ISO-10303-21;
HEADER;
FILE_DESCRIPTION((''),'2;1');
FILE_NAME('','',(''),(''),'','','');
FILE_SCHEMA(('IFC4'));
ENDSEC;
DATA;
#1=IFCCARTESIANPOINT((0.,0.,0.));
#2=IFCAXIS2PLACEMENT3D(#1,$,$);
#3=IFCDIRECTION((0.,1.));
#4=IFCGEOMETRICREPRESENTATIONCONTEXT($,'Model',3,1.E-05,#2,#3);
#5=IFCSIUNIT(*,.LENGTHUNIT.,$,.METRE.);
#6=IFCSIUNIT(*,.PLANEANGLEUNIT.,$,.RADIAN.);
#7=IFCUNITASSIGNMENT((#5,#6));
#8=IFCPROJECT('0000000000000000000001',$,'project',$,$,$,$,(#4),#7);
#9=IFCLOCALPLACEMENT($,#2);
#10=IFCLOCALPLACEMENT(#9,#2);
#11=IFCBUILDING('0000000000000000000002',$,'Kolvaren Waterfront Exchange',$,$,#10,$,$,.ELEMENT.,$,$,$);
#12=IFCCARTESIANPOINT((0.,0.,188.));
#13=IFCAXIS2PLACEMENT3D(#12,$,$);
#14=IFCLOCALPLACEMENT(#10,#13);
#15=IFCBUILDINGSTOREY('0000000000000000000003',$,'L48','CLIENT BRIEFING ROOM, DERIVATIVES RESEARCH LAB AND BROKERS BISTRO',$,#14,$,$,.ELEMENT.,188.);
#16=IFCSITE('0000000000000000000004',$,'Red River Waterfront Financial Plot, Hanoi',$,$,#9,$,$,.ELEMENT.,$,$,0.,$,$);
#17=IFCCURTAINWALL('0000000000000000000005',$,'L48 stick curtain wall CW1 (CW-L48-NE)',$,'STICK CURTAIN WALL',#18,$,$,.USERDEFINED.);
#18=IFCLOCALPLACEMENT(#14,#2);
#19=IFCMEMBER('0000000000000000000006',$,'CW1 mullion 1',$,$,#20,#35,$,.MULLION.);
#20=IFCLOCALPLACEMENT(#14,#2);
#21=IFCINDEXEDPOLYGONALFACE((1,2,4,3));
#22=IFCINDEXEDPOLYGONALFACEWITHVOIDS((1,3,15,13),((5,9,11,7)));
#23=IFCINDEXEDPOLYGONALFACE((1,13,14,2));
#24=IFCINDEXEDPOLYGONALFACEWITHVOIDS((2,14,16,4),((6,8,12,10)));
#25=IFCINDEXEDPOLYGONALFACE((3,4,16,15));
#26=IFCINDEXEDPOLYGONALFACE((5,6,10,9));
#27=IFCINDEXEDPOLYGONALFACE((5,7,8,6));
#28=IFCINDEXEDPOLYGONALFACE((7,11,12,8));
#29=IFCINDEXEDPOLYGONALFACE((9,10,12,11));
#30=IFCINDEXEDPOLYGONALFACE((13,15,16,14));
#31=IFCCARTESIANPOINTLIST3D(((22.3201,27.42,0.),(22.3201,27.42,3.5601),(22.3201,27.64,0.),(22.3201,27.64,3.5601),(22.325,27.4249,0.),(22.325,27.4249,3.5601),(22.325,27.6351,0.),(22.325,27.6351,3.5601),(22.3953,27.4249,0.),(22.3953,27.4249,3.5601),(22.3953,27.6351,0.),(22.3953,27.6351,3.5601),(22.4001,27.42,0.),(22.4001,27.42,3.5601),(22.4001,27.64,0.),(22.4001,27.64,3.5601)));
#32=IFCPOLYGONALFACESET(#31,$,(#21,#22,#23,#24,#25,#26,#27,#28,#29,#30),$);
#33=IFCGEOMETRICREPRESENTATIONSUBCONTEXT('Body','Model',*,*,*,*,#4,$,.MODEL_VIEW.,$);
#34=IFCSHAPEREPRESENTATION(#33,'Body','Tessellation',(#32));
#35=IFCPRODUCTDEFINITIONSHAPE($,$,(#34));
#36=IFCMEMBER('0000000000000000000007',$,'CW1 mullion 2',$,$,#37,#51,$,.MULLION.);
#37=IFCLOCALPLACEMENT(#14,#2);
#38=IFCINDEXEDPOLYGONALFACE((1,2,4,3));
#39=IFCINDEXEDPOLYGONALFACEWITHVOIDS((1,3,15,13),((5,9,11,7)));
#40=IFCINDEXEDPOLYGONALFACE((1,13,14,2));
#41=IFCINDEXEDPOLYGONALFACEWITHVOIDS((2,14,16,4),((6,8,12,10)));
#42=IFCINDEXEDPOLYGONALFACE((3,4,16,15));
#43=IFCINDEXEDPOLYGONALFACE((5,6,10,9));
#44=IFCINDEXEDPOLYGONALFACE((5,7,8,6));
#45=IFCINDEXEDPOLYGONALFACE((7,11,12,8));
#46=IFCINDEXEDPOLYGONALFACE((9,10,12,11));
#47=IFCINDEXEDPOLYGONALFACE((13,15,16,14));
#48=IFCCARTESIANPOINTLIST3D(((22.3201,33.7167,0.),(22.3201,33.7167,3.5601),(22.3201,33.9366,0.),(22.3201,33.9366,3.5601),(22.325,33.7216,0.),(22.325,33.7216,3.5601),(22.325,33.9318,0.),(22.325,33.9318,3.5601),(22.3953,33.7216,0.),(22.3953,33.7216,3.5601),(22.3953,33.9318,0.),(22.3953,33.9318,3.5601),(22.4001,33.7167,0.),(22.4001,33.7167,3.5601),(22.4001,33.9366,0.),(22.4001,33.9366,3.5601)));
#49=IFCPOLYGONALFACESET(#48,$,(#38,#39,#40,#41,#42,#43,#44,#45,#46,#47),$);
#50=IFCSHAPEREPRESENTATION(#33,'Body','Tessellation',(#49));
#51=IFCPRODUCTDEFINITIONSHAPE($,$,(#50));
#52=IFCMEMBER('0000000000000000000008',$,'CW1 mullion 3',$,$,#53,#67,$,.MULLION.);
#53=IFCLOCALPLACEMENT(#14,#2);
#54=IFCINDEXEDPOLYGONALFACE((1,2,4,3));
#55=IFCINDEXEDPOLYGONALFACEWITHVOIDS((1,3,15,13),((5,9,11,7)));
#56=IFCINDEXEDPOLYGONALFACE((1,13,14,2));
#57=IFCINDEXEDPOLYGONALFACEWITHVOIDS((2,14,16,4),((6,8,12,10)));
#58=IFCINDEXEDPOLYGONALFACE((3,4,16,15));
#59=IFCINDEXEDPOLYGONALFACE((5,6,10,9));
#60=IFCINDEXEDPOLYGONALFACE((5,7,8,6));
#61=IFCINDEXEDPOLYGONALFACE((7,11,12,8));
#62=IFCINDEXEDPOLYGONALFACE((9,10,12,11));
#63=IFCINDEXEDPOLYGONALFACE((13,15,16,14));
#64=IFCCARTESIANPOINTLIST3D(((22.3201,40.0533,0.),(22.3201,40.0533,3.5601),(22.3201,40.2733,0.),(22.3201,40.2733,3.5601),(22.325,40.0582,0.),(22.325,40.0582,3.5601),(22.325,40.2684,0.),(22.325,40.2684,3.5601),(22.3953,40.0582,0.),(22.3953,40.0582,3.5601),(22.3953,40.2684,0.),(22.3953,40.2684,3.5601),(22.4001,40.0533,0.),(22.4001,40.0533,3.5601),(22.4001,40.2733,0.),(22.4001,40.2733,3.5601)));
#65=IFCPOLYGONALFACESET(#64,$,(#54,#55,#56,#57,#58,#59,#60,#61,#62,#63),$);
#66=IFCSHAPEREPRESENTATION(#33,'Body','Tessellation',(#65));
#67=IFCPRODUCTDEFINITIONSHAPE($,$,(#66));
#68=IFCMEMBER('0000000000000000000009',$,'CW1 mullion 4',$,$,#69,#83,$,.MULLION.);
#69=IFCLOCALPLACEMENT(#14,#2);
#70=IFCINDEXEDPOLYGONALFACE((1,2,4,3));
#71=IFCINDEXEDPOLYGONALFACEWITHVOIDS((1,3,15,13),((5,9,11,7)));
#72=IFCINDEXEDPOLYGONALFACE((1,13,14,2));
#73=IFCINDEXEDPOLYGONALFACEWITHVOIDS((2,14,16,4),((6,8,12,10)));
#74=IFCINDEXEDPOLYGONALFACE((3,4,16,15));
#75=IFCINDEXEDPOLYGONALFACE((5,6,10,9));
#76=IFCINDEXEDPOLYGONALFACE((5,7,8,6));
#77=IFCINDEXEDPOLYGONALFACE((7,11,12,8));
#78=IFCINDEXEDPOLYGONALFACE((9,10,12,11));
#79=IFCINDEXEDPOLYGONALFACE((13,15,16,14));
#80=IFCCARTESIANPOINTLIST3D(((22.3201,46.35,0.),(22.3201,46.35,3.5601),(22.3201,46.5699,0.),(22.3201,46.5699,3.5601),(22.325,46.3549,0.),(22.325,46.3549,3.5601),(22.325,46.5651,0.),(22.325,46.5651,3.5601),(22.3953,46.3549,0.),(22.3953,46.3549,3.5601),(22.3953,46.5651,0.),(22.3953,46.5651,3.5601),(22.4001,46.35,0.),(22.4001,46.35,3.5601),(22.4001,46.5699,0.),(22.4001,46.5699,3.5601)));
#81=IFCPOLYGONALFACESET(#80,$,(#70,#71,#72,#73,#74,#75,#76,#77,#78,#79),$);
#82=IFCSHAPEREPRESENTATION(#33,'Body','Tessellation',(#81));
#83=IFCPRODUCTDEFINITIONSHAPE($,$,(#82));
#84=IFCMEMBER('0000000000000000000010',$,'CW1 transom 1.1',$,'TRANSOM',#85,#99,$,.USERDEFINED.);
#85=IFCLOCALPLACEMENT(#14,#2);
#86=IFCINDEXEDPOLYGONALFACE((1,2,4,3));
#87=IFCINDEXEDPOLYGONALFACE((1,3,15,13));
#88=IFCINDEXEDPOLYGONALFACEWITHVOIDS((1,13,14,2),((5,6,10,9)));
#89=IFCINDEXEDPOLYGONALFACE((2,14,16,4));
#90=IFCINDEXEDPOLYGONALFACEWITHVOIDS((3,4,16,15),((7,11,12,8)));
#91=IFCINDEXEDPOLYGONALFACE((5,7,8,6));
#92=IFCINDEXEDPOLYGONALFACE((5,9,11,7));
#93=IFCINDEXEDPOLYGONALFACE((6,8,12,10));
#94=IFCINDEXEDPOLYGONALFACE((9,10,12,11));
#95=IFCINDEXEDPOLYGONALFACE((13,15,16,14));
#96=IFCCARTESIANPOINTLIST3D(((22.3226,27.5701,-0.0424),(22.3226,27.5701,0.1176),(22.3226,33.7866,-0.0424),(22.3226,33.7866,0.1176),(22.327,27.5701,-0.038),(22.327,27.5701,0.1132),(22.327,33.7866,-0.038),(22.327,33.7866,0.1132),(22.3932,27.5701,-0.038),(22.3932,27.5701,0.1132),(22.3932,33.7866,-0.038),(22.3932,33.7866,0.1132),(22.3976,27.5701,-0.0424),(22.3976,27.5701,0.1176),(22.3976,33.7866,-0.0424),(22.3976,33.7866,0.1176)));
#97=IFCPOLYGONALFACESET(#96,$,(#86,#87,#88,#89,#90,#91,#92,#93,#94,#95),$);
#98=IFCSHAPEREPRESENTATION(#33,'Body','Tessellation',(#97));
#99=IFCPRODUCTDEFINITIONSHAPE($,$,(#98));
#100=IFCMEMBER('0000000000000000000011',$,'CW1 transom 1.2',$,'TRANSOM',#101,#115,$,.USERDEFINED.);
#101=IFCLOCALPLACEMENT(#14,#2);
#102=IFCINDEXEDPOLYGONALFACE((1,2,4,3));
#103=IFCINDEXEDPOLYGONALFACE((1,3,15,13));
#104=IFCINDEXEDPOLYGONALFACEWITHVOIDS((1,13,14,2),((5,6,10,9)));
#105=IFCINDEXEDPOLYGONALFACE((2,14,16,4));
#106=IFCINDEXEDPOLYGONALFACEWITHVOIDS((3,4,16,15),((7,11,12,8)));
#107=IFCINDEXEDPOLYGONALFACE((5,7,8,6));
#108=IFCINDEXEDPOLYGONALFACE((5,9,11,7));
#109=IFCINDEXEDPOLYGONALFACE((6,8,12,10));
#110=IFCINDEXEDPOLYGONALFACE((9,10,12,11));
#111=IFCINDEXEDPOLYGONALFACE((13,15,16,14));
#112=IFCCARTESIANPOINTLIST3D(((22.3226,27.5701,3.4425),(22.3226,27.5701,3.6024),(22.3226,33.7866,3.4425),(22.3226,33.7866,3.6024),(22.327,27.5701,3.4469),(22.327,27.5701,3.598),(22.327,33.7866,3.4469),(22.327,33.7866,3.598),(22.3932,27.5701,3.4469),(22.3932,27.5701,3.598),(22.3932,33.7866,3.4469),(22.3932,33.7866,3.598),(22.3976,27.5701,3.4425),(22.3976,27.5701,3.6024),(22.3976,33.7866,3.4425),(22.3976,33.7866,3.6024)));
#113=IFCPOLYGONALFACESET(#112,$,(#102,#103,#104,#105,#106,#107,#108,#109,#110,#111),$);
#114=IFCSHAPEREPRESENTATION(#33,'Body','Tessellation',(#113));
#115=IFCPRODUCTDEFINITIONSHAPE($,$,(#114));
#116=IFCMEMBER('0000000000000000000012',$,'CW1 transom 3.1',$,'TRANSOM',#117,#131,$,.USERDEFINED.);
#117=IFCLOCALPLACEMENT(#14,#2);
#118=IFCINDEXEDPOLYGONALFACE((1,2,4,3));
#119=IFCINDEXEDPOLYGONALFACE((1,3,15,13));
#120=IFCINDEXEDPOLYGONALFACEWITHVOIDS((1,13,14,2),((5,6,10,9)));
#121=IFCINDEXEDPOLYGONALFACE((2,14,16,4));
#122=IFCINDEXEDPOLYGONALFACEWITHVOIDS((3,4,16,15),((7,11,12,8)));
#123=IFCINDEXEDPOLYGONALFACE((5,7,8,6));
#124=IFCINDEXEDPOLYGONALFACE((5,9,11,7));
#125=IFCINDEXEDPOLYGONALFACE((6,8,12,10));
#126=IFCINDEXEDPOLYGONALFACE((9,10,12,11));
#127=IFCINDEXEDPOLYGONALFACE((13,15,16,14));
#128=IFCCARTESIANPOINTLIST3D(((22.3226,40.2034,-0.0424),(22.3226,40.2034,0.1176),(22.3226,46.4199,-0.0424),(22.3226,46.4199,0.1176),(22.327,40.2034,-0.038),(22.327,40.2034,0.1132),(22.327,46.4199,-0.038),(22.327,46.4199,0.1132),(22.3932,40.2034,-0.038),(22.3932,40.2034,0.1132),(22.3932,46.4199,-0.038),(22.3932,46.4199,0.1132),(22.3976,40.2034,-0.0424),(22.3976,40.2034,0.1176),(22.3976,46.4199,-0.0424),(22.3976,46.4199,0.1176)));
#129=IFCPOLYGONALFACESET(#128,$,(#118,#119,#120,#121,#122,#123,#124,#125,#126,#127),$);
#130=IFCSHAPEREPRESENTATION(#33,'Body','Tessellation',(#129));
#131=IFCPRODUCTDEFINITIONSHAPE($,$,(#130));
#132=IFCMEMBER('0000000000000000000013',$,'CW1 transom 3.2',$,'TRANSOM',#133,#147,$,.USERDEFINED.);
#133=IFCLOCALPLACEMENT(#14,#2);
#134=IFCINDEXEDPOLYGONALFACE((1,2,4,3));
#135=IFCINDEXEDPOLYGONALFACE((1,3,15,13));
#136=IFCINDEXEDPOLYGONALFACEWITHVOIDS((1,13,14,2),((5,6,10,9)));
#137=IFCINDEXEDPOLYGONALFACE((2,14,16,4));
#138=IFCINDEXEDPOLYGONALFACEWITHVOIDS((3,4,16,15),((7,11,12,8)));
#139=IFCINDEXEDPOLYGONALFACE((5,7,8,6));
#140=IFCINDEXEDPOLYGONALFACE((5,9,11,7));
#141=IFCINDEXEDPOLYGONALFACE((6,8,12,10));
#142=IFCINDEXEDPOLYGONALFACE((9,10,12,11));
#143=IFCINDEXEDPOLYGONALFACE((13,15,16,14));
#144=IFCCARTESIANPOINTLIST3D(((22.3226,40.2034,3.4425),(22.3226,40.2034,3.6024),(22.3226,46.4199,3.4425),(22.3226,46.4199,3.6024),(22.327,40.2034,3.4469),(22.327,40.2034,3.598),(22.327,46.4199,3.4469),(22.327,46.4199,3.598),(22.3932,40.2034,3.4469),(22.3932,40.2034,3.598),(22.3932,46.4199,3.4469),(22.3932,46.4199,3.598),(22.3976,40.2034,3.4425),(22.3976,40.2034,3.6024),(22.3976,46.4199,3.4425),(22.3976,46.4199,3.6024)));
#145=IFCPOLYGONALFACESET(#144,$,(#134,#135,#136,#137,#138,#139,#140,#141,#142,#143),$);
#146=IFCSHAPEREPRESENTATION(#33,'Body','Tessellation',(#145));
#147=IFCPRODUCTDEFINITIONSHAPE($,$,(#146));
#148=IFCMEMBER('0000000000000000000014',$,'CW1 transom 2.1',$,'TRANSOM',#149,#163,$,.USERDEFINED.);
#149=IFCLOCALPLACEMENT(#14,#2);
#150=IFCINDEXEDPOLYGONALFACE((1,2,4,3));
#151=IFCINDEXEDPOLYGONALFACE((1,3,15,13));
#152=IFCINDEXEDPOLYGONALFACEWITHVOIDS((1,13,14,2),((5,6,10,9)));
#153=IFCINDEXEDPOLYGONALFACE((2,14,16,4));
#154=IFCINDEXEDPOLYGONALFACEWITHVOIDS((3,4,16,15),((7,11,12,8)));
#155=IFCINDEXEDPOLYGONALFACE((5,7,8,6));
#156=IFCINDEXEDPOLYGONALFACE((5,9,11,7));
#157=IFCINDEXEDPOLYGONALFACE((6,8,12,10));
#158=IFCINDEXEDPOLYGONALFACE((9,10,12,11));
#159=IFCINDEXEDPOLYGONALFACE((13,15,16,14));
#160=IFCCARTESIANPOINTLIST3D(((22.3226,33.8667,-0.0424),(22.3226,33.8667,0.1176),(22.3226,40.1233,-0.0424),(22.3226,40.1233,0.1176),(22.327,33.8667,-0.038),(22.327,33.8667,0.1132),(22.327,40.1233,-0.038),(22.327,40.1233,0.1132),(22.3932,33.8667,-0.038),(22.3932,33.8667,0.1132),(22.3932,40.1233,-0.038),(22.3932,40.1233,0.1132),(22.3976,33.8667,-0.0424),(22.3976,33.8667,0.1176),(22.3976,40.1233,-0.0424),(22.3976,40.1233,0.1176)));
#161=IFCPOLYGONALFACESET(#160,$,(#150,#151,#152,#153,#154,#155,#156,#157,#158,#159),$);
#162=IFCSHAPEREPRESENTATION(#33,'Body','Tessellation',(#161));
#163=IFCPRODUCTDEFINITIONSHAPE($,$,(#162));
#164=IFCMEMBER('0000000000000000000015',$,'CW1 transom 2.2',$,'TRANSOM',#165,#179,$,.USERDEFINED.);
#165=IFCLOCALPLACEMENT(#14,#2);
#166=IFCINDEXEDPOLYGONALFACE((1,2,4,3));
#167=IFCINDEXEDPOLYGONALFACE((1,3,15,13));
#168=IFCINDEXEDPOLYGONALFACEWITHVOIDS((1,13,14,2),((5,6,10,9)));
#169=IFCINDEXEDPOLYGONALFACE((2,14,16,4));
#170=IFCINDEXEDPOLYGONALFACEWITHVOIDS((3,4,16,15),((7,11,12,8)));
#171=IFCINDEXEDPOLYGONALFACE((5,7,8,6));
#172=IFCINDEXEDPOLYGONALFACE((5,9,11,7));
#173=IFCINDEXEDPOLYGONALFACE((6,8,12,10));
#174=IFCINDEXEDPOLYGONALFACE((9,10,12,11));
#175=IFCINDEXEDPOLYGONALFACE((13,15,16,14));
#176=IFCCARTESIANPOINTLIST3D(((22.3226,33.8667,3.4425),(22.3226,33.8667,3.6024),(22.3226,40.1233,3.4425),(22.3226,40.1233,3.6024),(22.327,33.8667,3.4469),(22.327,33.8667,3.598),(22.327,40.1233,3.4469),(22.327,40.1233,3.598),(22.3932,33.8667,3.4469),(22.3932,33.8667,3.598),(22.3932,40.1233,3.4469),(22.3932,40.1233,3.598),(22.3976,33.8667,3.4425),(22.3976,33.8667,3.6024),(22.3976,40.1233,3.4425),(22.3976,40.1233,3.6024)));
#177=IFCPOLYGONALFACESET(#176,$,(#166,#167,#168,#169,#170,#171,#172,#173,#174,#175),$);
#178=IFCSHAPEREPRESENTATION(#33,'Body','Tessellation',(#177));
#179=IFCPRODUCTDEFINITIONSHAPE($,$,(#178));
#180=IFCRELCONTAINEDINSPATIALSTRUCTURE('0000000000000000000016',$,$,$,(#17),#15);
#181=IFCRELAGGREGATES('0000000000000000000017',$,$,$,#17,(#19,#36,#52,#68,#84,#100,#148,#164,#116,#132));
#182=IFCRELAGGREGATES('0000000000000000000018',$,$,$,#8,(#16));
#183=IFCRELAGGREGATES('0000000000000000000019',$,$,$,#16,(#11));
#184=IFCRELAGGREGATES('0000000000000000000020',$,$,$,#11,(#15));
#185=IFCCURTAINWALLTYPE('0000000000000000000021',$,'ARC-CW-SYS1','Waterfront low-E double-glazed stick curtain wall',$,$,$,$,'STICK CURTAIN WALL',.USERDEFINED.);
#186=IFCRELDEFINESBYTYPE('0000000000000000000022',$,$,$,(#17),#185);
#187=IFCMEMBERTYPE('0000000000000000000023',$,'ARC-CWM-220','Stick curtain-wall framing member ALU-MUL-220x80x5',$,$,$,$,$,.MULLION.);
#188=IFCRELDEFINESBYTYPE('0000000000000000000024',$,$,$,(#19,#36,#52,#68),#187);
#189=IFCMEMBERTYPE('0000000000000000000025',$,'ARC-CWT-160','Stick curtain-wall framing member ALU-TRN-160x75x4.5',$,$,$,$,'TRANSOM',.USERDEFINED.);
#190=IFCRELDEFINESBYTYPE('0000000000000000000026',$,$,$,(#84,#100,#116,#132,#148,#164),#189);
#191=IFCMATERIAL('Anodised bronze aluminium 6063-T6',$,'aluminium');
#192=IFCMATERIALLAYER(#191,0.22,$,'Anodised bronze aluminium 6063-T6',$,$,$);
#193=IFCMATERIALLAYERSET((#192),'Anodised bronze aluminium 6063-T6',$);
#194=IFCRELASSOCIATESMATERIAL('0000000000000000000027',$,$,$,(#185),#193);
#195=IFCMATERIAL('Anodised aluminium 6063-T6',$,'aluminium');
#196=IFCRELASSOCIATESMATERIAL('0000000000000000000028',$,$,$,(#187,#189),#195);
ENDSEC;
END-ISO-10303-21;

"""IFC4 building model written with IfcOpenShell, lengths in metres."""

from ifc_helpers import new_model, si_unit, direction, frame, origin, origin_with_axes, origin_2d, place, context, subcontext, project, spatial, hollow_rectangle, extrude, source, transform, mapped, material, layer, layer_set, material_profile, profile_set, type_object, element, aggregate, save


model = new_model("IFC4")

# Units and contexts
model_context = context("Model", 3, precision=1e-05, world=origin(), true_north=direction((0.0, 1.0)))
body_context = subcontext(model_context, "Body", "Model", "MODEL_VIEW")
ifc_project = project(units=[si_unit("LENGTHUNIT", "METRE"), si_unit("PLANEANGLEUNIT", "RADIAN")], contexts=[model_context])

# Site, building, storey
site_placement = place(None, origin())
site = spatial("IfcSite", under=ifc_project, at=site_placement, Name="Red River Waterfront Financial Plot, Hanoi", CompositionType="ELEMENT", RefElevation=0.0)
building_placement = place(site_placement, origin())
building = spatial("IfcBuilding", under=site, at=building_placement, Name="Kolvaren Waterfront Exchange", CompositionType="ELEMENT")
storey_placement = place(building_placement, frame((0.0, 0.0, 188.0)))
storey = spatial("IfcBuildingStorey", under=building, at=storey_placement, Name="L48", Description="CLIENT BRIEFING ROOM, DERIVATIVES RESEARCH LAB AND BROKERS BISTRO", CompositionType="ELEMENT", Elevation=188.0)

# Curtain wall, members
ifc_material_1 = material(Name="Anodised bronze aluminium 6063-T6", Category="aluminium")
ifc_layer_1 = layer(ifc_material_1, 0.22, Name="Anodised bronze aluminium 6063-T6")
ifc_layer_set_1 = layer_set([ifc_layer_1], Name="Anodised bronze aluminium 6063-T6")
curtain_wall_type = type_object("IfcCurtainWallType", Name="ARC-CW-SYS1", Description="Waterfront low-E double-glazed stick curtain wall", ElementType="STICK CURTAIN WALL", PredefinedType="USERDEFINED", material=ifc_layer_set_1)
curtain_wall_placement = place(storey_placement, origin())
curtain_wall = element("IfcCurtainWall", 1, at=curtain_wall_placement, inside=storey, type_object=curtain_wall_type, Name="L48 stick curtain wall CW1 (CW-L48-NE)", ObjectType="STICK CURTAIN WALL", PredefinedType="USERDEFINED")
ifc_material_2 = material(Name="Anodised aluminium 6063-T6", Category="aluminium")
ifc_material_profile_1 = material_profile(ifc_material_2, hollow_rectangle(XDim=0.0801, YDim=0.22, WallThickness=0.0049, at=origin_2d()), Name="ALU-MUL-220x80x5")
ifc_profile_set_1 = profile_set([ifc_material_profile_1], Name="Anodised aluminium 6063-T6")
member_type_1 = type_object("IfcMemberType", Name="ARC-CWM-220", Description="Stick curtain-wall framing member ALU-MUL-220x80x5", PredefinedType="MULLION", material=ifc_profile_set_1)
shared_shape_1 = source(origin_with_axes(), body_context, "Body", "SweptSolid", [
    extrude(hollow_rectangle(XDim=0.0801, YDim=0.22, WallThickness=0.0049, at=origin_2d()), origin(), (0.0, 0.0, 1.0), 3.5601),
])
member_1_placement = place(storey_placement, frame((22.3601, 27.53, 0.0), z_axis=(0.0, 0.0, 1.0), x_axis=(-1.0, 0.0, 0.0)))
member_1 = element("IfcMember", 2, at=member_1_placement, type_object=member_type_1, Name="CW1 mullion 1", PredefinedType="MULLION", context=body_context, shape_type="MappedRepresentation", body=[
    mapped(shared_shape_1, transform((0.0, 0.0, 0.0), x_axis=(1.0, 0.0, 0.0), y_axis=(0.0, 1.0, 0.0), z_axis=(0.0, 0.0, 1.0), scale=1.0)),
])
member_2_placement = place(storey_placement, frame((22.3601, 33.8267, 0.0), z_axis=(0.0, 0.0, 1.0), x_axis=(-1.0, 0.0, 0.0)))
member_2 = element("IfcMember", 3, at=member_2_placement, type_object=member_type_1, Name="CW1 mullion 2", PredefinedType="MULLION", context=body_context, shape_type="MappedRepresentation", body=[
    mapped(shared_shape_1, transform((0.0, 0.0, 0.0), x_axis=(1.0, 0.0, 0.0), y_axis=(0.0, 1.0, 0.0), z_axis=(0.0, 0.0, 1.0), scale=1.0)),
])
member_3_placement = place(storey_placement, frame((22.3601, 40.1633, 0.0), z_axis=(0.0, 0.0, 1.0), x_axis=(-1.0, 0.0, 0.0)))
member_3 = element("IfcMember", 4, at=member_3_placement, type_object=member_type_1, Name="CW1 mullion 3", PredefinedType="MULLION", context=body_context, shape_type="MappedRepresentation", body=[
    mapped(shared_shape_1, transform((0.0, 0.0, 0.0), x_axis=(1.0, 0.0, 0.0), y_axis=(0.0, 1.0, 0.0), z_axis=(0.0, 0.0, 1.0), scale=1.0)),
])
member_4_placement = place(storey_placement, frame((22.3601, 46.46, 0.0), z_axis=(0.0, 0.0, 1.0), x_axis=(-1.0, 0.0, 0.0)))
member_4 = element("IfcMember", 5, at=member_4_placement, type_object=member_type_1, Name="CW1 mullion 4", PredefinedType="MULLION", context=body_context, shape_type="MappedRepresentation", body=[
    mapped(shared_shape_1, transform((0.0, 0.0, 0.0), x_axis=(1.0, 0.0, 0.0), y_axis=(0.0, 1.0, 0.0), z_axis=(0.0, 0.0, 1.0), scale=1.0)),
])
ifc_material_profile_2 = material_profile(ifc_material_2, hollow_rectangle(XDim=0.075, YDim=0.1599, WallThickness=0.0044, at=origin_2d()), Name="ALU-TRN-160x75x4.5")
ifc_profile_set_2 = profile_set([ifc_material_profile_2], Name="Anodised aluminium 6063-T6")
member_type_2 = type_object("IfcMemberType", Name="ARC-CWT-160", Description="Stick curtain-wall framing member ALU-TRN-160x75x4.5", ElementType="TRANSOM", PredefinedType="USERDEFINED", material=ifc_profile_set_2)
shared_shape_2 = source(origin_with_axes(), body_context, "Body", "SweptSolid", [
    extrude(hollow_rectangle(XDim=0.075, YDim=0.1599, WallThickness=0.0044, at=origin_2d()), origin(), (0.0, 0.0, 1.0), 6.2166),
])
member_5_placement = place(storey_placement, frame((22.3601, 27.5701, 0.0376), z_axis=(0.0, 1.0, 0.0), x_axis=(-1.0, 0.0, 0.0)))
member_5 = element("IfcMember", 6, at=member_5_placement, type_object=member_type_2, Name="CW1 transom 1.1", ObjectType="TRANSOM", PredefinedType="USERDEFINED", context=body_context, shape_type="MappedRepresentation", body=[
    mapped(shared_shape_2, transform((0.0, 0.0, 0.0), x_axis=(1.0, 0.0, 0.0), y_axis=(0.0, 1.0, 0.0), z_axis=(0.0, 0.0, 1.0), scale=1.0)),
])
member_6_placement = place(storey_placement, frame((22.3601, 27.5701, 3.5225), z_axis=(0.0, 1.0, 0.0), x_axis=(-1.0, 0.0, 0.0)))
member_6 = element("IfcMember", 7, at=member_6_placement, type_object=member_type_2, Name="CW1 transom 1.2", ObjectType="TRANSOM", PredefinedType="USERDEFINED", context=body_context, shape_type="MappedRepresentation", body=[
    mapped(shared_shape_2, transform((0.0, 0.0, 0.0), x_axis=(1.0, 0.0, 0.0), y_axis=(0.0, 1.0, 0.0), z_axis=(0.0, 0.0, 1.0), scale=1.0)),
])
member_7_placement = place(storey_placement, frame((22.3601, 40.2034, 0.0376), z_axis=(0.0, 1.0, 0.0), x_axis=(-1.0, 0.0, 0.0)))
member_7 = element("IfcMember", 8, at=member_7_placement, type_object=member_type_2, Name="CW1 transom 3.1", ObjectType="TRANSOM", PredefinedType="USERDEFINED", context=body_context, shape_type="MappedRepresentation", body=[
    mapped(shared_shape_2, transform((0.0, 0.0, 0.0), x_axis=(1.0, 0.0, 0.0), y_axis=(0.0, 1.0, 0.0), z_axis=(0.0, 0.0, 1.0), scale=1.0)),
])
member_8_placement = place(storey_placement, frame((22.3601, 40.2034, 3.5225), z_axis=(0.0, 1.0, 0.0), x_axis=(-1.0, 0.0, 0.0)))
member_8 = element("IfcMember", 9, at=member_8_placement, type_object=member_type_2, Name="CW1 transom 3.2", ObjectType="TRANSOM", PredefinedType="USERDEFINED", context=body_context, shape_type="MappedRepresentation", body=[
    mapped(shared_shape_2, transform((0.0, 0.0, 0.0), x_axis=(1.0, 0.0, 0.0), y_axis=(0.0, 1.0, 0.0), z_axis=(0.0, 0.0, 1.0), scale=1.0)),
])
shared_shape_3 = source(origin_with_axes(), body_context, "Body", "SweptSolid", [
    extrude(hollow_rectangle(XDim=0.075, YDim=0.1599, WallThickness=0.0044, at=origin_2d()), origin(), (0.0, 0.0, 1.0), 6.2566),
])
member_9_placement = place(storey_placement, frame((22.3601, 33.8667, 0.0376), z_axis=(0.0, 1.0, 0.0), x_axis=(-1.0, 0.0, 0.0)))
member_9 = element("IfcMember", 10, at=member_9_placement, type_object=member_type_2, Name="CW1 transom 2.1", ObjectType="TRANSOM", PredefinedType="USERDEFINED", context=body_context, shape_type="MappedRepresentation", body=[
    mapped(shared_shape_3, transform((0.0, 0.0, 0.0), x_axis=(1.0, 0.0, 0.0), y_axis=(0.0, 1.0, 0.0), z_axis=(0.0, 0.0, 1.0), scale=1.0)),
])
member_10_placement = place(storey_placement, frame((22.3601, 33.8667, 3.5225), z_axis=(0.0, 1.0, 0.0), x_axis=(-1.0, 0.0, 0.0)))
member_10 = element("IfcMember", 11, at=member_10_placement, type_object=member_type_2, Name="CW1 transom 2.2", ObjectType="TRANSOM", PredefinedType="USERDEFINED", context=body_context, shape_type="MappedRepresentation", body=[
    mapped(shared_shape_3, transform((0.0, 0.0, 0.0), x_axis=(1.0, 0.0, 0.0), y_axis=(0.0, 1.0, 0.0), z_axis=(0.0, 0.0, 1.0), scale=1.0)),
])
aggregate(curtain_wall, [member_1, member_2, member_3, member_4, member_5, member_6, member_9, member_10, member_7, member_8])

save(model, "model.ifc")
